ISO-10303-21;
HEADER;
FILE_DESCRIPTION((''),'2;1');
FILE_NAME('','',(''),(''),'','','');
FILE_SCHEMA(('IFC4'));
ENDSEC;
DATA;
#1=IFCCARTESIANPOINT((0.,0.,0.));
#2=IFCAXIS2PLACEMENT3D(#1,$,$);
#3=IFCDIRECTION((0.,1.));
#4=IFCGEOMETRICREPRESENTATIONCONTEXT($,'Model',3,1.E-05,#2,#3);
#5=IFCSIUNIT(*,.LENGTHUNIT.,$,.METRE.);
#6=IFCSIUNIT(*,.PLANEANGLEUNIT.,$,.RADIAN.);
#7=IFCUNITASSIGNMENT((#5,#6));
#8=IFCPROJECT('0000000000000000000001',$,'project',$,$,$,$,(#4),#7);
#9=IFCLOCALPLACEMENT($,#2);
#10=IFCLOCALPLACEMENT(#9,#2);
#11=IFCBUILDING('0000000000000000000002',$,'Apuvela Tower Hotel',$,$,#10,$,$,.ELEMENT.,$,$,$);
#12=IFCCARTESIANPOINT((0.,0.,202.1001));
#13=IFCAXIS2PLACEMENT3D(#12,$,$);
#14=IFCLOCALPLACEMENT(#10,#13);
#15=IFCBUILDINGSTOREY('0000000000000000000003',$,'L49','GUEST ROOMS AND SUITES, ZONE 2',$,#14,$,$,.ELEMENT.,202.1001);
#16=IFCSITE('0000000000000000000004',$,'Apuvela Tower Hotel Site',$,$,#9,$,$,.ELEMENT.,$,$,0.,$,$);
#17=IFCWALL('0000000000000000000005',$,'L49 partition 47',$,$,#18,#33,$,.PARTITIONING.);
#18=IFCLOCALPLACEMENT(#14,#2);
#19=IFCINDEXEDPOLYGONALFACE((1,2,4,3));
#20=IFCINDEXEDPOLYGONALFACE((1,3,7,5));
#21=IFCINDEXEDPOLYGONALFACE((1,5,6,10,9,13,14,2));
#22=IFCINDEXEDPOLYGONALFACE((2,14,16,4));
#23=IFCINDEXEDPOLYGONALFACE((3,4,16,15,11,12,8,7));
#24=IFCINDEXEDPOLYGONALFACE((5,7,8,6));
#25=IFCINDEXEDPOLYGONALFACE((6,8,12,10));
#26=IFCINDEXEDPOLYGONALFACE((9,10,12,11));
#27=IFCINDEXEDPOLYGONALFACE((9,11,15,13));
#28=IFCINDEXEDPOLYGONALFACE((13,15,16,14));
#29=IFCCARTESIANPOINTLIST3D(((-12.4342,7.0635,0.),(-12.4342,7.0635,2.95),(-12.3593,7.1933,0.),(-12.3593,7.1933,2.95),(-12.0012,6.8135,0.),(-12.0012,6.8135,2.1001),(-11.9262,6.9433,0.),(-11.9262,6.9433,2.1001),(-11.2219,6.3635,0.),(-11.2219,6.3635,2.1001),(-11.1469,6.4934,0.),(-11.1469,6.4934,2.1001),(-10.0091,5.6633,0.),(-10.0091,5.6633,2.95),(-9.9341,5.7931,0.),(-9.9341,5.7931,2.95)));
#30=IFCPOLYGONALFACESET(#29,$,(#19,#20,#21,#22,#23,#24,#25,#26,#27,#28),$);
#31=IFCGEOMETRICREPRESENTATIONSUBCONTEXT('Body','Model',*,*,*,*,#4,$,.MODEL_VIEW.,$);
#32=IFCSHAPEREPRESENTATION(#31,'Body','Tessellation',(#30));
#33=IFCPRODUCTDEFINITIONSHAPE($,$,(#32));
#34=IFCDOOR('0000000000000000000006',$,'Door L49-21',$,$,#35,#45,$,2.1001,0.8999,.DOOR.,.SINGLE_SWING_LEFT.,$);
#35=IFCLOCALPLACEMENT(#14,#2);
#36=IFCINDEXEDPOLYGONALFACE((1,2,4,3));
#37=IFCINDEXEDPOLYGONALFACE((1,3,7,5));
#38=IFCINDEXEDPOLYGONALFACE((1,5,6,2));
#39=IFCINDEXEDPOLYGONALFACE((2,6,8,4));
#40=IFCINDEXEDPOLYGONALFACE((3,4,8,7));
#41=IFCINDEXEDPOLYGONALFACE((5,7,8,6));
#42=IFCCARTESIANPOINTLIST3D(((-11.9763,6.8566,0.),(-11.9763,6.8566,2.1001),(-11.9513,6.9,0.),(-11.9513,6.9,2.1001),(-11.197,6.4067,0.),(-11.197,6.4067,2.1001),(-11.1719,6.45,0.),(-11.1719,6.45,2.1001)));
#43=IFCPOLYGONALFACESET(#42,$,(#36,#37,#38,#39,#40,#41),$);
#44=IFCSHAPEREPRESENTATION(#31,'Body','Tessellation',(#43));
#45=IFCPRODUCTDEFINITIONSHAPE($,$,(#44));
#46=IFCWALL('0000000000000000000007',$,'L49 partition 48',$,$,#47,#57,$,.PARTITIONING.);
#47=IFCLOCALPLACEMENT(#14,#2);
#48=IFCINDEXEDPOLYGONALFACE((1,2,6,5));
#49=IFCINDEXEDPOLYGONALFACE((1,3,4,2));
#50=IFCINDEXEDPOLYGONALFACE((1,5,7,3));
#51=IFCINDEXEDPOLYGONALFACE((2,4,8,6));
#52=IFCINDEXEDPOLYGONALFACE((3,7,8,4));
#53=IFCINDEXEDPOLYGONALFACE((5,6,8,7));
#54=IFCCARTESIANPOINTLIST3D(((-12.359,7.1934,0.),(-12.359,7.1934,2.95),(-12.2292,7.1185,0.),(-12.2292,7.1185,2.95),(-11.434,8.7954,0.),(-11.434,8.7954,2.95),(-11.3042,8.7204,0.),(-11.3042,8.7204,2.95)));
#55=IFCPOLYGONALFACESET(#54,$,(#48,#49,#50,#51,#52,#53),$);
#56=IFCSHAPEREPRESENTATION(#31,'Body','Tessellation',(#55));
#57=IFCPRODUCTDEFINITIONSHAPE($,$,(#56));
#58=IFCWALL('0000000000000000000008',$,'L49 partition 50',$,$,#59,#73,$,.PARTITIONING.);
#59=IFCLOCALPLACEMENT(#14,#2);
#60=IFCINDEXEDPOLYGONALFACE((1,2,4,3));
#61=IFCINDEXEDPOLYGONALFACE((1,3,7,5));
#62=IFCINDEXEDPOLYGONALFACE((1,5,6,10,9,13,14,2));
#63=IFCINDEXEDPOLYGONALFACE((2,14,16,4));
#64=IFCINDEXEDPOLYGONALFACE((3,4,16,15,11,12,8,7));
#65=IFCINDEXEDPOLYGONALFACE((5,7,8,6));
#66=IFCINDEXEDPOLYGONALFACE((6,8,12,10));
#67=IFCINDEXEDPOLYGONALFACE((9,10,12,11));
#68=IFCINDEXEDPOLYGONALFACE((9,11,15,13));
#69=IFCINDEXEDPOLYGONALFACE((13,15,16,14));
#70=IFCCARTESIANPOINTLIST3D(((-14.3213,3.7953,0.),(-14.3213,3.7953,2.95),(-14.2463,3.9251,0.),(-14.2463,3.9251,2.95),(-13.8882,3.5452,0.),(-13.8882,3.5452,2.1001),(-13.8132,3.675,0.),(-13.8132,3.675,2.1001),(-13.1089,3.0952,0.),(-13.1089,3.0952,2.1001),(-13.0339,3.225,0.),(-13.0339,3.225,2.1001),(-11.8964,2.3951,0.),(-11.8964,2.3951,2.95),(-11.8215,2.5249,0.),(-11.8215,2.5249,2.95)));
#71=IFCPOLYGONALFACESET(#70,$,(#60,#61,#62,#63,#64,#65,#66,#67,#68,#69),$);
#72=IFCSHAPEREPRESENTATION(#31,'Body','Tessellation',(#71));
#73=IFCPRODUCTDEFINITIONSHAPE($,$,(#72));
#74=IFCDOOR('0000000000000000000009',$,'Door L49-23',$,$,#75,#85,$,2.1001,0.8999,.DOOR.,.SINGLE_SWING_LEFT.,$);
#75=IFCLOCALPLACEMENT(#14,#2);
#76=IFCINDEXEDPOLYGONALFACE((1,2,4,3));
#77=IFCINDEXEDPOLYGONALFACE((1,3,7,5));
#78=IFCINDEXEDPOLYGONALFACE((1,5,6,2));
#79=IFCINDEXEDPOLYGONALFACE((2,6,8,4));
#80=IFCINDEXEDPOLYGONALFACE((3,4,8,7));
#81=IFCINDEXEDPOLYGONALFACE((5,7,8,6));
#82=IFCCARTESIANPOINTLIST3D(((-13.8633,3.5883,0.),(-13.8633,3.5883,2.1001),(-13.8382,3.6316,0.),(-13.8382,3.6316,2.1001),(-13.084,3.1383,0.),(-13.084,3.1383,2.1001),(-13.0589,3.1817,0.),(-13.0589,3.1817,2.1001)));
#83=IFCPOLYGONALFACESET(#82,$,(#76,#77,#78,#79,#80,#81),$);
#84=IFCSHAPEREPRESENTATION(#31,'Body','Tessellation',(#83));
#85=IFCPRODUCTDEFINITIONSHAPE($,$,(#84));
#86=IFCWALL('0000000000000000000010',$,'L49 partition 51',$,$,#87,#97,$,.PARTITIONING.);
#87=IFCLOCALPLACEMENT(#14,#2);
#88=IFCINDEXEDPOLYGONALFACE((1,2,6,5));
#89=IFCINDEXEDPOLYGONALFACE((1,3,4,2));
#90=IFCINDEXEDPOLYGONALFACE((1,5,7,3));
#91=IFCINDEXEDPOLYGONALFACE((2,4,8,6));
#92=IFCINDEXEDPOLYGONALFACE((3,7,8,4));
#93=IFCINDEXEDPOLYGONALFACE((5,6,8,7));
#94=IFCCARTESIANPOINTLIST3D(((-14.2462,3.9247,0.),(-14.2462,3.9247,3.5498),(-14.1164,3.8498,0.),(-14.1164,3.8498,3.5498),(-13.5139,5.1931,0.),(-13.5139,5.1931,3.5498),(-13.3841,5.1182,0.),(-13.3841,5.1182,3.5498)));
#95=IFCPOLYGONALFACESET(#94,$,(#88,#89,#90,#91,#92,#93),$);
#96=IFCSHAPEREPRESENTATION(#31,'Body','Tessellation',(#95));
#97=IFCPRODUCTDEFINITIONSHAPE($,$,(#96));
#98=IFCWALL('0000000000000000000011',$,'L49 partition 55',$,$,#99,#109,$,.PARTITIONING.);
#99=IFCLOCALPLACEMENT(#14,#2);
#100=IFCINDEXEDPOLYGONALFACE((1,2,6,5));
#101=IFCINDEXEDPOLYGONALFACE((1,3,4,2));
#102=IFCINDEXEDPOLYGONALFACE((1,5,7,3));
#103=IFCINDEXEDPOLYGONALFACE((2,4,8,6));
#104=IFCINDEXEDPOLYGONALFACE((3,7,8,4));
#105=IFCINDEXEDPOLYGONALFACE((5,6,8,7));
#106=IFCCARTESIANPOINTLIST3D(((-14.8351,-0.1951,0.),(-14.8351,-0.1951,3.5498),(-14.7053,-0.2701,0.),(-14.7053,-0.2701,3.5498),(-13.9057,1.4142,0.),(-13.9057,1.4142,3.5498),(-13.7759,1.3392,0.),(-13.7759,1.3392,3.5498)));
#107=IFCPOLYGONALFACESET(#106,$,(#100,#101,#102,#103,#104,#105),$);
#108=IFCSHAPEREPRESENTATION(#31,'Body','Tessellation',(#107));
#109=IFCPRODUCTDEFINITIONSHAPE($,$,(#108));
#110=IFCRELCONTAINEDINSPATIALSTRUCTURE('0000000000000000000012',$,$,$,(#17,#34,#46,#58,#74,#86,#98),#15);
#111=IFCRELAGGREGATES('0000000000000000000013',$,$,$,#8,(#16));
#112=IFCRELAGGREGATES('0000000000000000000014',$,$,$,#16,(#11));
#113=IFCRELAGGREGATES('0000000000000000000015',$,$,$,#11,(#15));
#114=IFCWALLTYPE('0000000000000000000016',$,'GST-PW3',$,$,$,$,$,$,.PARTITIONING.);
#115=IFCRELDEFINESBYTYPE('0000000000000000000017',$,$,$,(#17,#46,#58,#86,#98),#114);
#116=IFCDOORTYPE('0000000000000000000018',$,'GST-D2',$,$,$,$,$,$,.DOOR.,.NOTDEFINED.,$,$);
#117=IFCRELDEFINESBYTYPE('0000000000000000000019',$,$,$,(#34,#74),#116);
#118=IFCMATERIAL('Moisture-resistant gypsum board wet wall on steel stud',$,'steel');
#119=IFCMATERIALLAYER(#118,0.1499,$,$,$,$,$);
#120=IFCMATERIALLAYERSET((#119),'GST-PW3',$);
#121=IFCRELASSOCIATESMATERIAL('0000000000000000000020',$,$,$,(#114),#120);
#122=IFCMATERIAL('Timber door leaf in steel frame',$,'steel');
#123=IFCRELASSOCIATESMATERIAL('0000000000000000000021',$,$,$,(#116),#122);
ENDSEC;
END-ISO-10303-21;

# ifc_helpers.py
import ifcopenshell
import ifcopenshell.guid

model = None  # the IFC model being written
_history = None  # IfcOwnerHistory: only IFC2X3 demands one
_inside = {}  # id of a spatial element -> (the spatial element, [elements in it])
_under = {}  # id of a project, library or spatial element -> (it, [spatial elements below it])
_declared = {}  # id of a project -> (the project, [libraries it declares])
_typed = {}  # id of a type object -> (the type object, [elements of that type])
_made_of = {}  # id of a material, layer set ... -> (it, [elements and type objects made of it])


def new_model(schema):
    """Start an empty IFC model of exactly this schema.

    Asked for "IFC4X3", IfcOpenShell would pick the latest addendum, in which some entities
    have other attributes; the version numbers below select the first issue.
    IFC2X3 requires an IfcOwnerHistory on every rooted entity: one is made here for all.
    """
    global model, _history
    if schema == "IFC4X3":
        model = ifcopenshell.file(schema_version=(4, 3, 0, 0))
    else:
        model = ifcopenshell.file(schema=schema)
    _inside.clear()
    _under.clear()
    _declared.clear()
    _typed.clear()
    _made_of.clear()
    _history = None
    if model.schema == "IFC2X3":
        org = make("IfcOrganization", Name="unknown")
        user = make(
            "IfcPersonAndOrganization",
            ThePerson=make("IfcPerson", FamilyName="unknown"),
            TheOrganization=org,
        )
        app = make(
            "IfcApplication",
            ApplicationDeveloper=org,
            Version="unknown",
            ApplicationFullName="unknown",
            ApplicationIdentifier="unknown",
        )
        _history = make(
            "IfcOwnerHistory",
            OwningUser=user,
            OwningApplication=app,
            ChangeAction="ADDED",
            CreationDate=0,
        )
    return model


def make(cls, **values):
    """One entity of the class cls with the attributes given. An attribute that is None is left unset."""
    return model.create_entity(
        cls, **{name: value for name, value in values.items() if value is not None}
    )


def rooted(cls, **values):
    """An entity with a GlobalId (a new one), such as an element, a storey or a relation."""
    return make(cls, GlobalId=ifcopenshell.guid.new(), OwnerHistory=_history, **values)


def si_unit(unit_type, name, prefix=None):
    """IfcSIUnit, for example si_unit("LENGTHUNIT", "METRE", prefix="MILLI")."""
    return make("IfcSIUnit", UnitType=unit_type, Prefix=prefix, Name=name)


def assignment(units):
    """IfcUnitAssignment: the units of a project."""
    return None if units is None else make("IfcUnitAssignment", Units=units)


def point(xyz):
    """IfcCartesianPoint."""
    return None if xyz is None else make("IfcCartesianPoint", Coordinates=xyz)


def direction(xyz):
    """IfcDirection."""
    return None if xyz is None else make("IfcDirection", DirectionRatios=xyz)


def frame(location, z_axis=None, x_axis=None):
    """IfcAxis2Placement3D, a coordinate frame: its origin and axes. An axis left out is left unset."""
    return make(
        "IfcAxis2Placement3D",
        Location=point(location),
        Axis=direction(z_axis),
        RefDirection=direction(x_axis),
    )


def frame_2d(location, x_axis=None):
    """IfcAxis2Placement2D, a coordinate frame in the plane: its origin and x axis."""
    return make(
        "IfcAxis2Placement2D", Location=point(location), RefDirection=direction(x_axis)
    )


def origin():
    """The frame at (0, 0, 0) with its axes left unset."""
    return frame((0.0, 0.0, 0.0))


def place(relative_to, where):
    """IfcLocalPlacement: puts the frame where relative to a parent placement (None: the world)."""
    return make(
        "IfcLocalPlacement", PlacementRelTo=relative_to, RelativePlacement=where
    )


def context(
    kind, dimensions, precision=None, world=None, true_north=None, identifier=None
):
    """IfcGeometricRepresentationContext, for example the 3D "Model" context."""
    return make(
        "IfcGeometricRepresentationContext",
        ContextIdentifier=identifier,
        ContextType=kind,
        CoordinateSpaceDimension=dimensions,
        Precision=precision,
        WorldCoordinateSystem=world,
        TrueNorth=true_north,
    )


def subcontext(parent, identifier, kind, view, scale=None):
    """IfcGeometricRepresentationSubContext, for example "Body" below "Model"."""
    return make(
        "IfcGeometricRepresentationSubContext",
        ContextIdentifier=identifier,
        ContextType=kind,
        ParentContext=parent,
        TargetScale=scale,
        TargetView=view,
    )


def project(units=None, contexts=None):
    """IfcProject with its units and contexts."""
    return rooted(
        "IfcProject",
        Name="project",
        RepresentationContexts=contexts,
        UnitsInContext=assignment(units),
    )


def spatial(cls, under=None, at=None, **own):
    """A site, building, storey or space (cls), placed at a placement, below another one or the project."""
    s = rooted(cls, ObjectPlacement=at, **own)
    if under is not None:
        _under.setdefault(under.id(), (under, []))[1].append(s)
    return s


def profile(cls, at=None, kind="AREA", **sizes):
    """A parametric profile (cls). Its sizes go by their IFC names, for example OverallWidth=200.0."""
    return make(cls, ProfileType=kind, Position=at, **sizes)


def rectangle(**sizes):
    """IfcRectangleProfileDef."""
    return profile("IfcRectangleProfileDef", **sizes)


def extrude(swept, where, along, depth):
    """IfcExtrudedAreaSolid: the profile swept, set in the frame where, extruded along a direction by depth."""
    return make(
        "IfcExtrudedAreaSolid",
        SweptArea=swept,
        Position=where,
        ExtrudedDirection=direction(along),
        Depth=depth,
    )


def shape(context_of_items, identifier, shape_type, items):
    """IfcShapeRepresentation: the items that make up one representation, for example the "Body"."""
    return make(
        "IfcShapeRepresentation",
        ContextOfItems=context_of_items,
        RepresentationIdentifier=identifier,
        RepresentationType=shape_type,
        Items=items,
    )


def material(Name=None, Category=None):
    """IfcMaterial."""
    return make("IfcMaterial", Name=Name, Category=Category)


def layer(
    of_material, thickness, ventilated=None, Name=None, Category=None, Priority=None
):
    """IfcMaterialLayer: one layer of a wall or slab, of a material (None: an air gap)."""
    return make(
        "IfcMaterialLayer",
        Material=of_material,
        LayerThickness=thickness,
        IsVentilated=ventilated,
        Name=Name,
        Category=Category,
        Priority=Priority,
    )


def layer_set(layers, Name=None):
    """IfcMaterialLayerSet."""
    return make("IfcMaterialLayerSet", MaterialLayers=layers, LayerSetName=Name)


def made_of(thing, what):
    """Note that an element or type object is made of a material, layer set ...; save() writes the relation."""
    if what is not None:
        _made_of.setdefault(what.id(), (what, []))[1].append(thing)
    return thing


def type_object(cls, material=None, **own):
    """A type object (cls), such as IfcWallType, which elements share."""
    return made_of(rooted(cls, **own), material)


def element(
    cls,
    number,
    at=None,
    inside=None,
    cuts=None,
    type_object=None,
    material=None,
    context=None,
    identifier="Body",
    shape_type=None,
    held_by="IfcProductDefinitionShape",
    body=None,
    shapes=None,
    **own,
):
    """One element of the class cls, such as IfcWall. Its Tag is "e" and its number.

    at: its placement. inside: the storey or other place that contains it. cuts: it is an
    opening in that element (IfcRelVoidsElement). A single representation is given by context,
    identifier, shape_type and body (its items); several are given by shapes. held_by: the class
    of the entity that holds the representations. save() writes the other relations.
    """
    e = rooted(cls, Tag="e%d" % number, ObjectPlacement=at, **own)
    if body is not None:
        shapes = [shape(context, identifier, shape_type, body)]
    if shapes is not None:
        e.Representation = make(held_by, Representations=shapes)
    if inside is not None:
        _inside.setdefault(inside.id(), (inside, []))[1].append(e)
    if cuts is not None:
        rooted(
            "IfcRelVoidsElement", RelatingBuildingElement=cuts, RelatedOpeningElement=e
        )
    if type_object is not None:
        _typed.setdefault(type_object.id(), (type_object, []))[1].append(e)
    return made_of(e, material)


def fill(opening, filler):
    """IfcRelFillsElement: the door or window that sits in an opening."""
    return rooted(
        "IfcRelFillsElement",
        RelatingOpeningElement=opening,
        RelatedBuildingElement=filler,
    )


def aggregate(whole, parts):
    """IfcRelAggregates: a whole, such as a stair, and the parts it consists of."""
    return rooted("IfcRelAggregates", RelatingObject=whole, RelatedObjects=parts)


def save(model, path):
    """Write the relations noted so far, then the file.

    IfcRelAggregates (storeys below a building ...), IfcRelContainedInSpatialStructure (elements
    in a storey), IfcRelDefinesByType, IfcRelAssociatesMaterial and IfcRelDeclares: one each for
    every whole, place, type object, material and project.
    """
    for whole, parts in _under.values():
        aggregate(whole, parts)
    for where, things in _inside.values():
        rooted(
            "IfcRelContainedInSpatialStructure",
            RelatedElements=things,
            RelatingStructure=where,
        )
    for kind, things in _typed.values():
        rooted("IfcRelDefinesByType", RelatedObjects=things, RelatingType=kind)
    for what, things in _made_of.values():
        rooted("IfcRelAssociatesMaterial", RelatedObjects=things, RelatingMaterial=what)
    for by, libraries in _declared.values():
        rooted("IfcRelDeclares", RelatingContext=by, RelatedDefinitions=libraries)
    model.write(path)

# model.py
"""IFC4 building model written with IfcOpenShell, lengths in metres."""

from ifc_helpers import new_model, si_unit, direction, frame, frame_2d, origin, place, context, subcontext, project, spatial, rectangle, extrude, material, layer, layer_set, type_object, element, fill, save


model = new_model("IFC4")

# Units and contexts
model_context = context("Model", 3, precision=1e-05, world=origin(), true_north=direction((0.0, 1.0)))
body_context = subcontext(model_context, "Body", "Model", "MODEL_VIEW")
ifc_project = project(units=[si_unit("LENGTHUNIT", "METRE"), si_unit("PLANEANGLEUNIT", "RADIAN")], contexts=[model_context])

# Site, building, storey
site_placement = place(None, origin())
site = spatial("IfcSite", under=ifc_project, at=site_placement, Name="Apuvela Tower Hotel Site", CompositionType="ELEMENT", RefElevation=0.0)
building_placement = place(site_placement, origin())
building = spatial("IfcBuilding", under=site, at=building_placement, Name="Apuvela Tower Hotel", CompositionType="ELEMENT")
storey_placement = place(building_placement, frame((0.0, 0.0, 202.1001)))
storey = spatial("IfcBuildingStorey", under=building, at=storey_placement, Name="L49", Description="GUEST ROOMS AND SUITES, ZONE 2", CompositionType="ELEMENT", Elevation=202.1001)

# Shared definitions
ifc_material_1 = material(Name="Timber door leaf in steel frame", Category="steel")
ifc_material_2 = material(Name="Moisture-resistant gypsum board wet wall on steel stud", Category="steel")
ifc_layer_1 = layer(ifc_material_2, 0.1499)
ifc_layer_set_1 = layer_set([ifc_layer_1], Name="GST-PW3")
wall_type_1 = type_object("IfcWallType", Name="GST-PW3", PredefinedType="PARTITIONING", material=ifc_layer_set_1)
door_type_1 = type_object("IfcDoorType", Name="GST-D2", OperationType="NOTDEFINED", PredefinedType="DOOR", material=ifc_material_1)

# Wall, opening, door
wall_1_placement = place(storey_placement, frame((-12.3967, 7.1284, 0.0), z_axis=(0.0, 0.0, 1.0), x_axis=(0.866019, -0.500012, 0.0)))
wall_1 = element("IfcWall", 1, at=wall_1_placement, inside=storey, type_object=wall_type_1, Name="L49 partition 47", PredefinedType="PARTITIONING", context=body_context, shape_type="SweptSolid", body=[
    extrude(rectangle(XDim=2.8003, YDim=0.1499, at=frame_2d((1.4001, 0.0))), origin(), (0.0, 0.0, 1.0), 2.95),
])
opening_1_placement = place(wall_1_placement, frame((0.5, 0.0, 0.0)))
opening_1 = element("IfcOpeningElement", 2, at=opening_1_placement, cuts=wall_1, PredefinedType="OPENING", context=body_context, shape_type="SweptSolid", body=[
    extrude(rectangle(XDim=0.8999, YDim=2.1001, at=frame_2d((0.45, 1.05))), frame((0.0, 0.085, 0.0), z_axis=(0.0, -1.0, 0.0), x_axis=(1.0, 0.0, 0.0)), (0.0, 0.0, 1.0), 0.1699),
])
door_1_placement = place(opening_1_placement, origin())
door_1 = element("IfcDoor", 3, at=door_1_placement, inside=storey, type_object=door_type_1, Name="Door L49-21", OperationType="SINGLE_SWING_LEFT", OverallHeight=2.1001, OverallWidth=0.8999, PredefinedType="DOOR", context=body_context, shape_type="SweptSolid", body=[
    extrude(rectangle(XDim=0.8999, YDim=2.1001, at=frame_2d((0.45, 1.05))), frame((0.0, 0.0249, 0.0), z_axis=(0.0, -1.0, 0.0), x_axis=(1.0, 0.0, 0.0)), (0.0, 0.0, 1.0), 0.05),
])
fill(opening_1, door_1)

# Wall
wall_2_placement = place(storey_placement, frame((-11.3691, 8.7578, 0.0), z_axis=(0.0, 0.0, 1.0), x_axis=(-0.500042, -0.866001, 0.0)))
element("IfcWall", 4, at=wall_2_placement, inside=storey, type_object=wall_type_1, Name="L49 partition 48", PredefinedType="PARTITIONING", context=body_context, shape_type="SweptSolid", body=[
    extrude(rectangle(XDim=1.8499, YDim=0.1499, at=frame_2d((0.9248, 0.0))), origin(), (0.0, 0.0, 1.0), 2.95),
])

# Wall, opening, door
wall_3_placement = place(storey_placement, frame((-14.2837, 3.8601, 0.0), z_axis=(0.0, 0.0, 1.0), x_axis=(0.865997, -0.50005, 0.0)))
wall_3 = element("IfcWall", 5, at=wall_3_placement, inside=storey, type_object=wall_type_1, Name="L49 partition 50", PredefinedType="PARTITIONING", context=body_context, shape_type="SweptSolid", body=[
    extrude(rectangle(XDim=2.8, YDim=0.1499, at=frame_2d((1.3999, 0.0))), origin(), (0.0, 0.0, 1.0), 2.95),
])
opening_2_placement = place(wall_3_placement, frame((0.5, 0.0, 0.0)))
opening_2 = element("IfcOpeningElement", 6, at=opening_2_placement, cuts=wall_3, PredefinedType="OPENING", context=body_context, shape_type="SweptSolid", body=[
    extrude(rectangle(XDim=0.8999, YDim=2.1001, at=frame_2d((0.45, 1.05))), frame((0.0, 0.085, 0.0), z_axis=(0.0, -1.0, 0.0), x_axis=(1.0, 0.0, 0.0)), (0.0, 0.0, 1.0), 0.1699),
])
door_2_placement = place(opening_2_placement, origin())
door_2 = element("IfcDoor", 7, at=door_2_placement, inside=storey, type_object=door_type_1, Name="Door L49-23", OperationType="SINGLE_SWING_LEFT", OverallHeight=2.1001, OverallWidth=0.8999, PredefinedType="DOOR", context=body_context, shape_type="SweptSolid", body=[
    extrude(rectangle(XDim=0.8999, YDim=2.1001, at=frame_2d((0.45, 1.05))), frame((0.0, 0.0249, 0.0), z_axis=(0.0, -1.0, 0.0), x_axis=(1.0, 0.0, 0.0)), (0.0, 0.0, 1.0), 0.05),
])
fill(opening_2, door_2)

# Walls
wall_4_placement = place(storey_placement, frame((-13.449, 5.1558, 0.0), z_axis=(0.0, 0.0, 1.0), x_axis=(-0.499958, -0.86605, 0.0)))
element("IfcWall", 8, at=wall_4_placement, inside=storey, type_object=wall_type_1, Name="L49 partition 51", PredefinedType="PARTITIONING", context=body_context, shape_type="SweptSolid", body=[
    extrude(rectangle(XDim=1.4646, YDim=0.1499, at=frame_2d((0.7324, 0.0))), origin(), (0.0, 0.0, 1.0), 3.5498),
])
wall_5_placement = place(storey_placement, frame((-13.8408, 1.3767, 0.0), z_axis=(0.0, 0.0, 1.0), x_axis=(-0.500109, -0.865962, 0.0)))
element("IfcWall", 9, at=wall_5_placement, inside=storey, type_object=wall_type_1, Name="L49 partition 55", PredefinedType="PARTITIONING", context=body_context, shape_type="SweptSolid", body=[
    extrude(rectangle(XDim=1.8584, YDim=0.1499, at=frame_2d((0.9292, 0.0))), origin(), (0.0, 0.0, 1.0), 3.5498),
])

save(model, "model.ifc")
